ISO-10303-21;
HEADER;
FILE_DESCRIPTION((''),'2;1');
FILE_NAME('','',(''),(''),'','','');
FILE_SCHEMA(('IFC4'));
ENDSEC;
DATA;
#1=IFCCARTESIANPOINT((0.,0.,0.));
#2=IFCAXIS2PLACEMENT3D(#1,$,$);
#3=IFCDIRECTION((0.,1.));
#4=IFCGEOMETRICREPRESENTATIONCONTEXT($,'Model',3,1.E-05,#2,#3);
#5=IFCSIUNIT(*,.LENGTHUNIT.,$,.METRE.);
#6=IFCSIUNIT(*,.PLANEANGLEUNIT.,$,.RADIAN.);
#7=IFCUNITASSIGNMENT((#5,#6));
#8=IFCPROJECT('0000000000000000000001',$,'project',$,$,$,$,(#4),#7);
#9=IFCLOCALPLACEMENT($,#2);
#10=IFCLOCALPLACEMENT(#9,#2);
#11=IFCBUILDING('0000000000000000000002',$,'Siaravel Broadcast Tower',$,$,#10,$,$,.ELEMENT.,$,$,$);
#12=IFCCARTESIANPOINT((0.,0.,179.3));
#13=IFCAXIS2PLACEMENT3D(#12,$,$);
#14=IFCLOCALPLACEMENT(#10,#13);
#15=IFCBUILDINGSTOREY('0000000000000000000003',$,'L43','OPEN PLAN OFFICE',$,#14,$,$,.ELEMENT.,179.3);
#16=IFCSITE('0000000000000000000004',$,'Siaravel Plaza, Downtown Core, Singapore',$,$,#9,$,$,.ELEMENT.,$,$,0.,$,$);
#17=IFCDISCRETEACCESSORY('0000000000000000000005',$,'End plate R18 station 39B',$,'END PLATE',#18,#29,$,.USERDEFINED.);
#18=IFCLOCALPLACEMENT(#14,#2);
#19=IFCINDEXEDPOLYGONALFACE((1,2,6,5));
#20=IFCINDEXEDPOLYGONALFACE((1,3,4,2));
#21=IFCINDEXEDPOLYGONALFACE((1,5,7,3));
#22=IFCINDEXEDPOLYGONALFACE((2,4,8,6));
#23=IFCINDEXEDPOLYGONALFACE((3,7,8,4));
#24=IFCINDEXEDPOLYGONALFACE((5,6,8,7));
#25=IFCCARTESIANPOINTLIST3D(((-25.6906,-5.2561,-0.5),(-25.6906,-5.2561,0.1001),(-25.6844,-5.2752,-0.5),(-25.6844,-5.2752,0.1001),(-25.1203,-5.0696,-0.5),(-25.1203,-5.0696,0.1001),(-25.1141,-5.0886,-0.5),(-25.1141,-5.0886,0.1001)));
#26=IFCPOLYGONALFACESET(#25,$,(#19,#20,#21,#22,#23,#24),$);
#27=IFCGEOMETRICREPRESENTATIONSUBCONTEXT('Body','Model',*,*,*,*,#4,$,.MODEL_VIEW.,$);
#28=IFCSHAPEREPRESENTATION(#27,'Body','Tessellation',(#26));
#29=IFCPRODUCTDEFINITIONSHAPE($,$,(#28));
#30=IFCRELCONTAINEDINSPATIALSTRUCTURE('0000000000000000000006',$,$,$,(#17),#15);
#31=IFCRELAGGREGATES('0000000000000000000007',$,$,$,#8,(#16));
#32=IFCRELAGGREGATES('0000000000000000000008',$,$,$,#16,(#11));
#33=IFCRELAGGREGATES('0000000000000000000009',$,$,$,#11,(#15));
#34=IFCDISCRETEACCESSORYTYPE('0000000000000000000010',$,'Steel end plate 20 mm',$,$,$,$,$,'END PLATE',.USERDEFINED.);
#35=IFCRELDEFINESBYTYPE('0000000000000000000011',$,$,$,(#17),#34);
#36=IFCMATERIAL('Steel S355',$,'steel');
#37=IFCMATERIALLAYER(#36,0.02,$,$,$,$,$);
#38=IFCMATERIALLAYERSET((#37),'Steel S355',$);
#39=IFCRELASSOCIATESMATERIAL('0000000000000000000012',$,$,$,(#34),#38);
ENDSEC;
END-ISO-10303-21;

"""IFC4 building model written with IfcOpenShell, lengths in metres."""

from ifc_helpers import new_model, si_unit, direction, frame, origin, origin_2d, place, context, subcontext, project, spatial, rectangle, extrude, material, layer, layer_set, type_object, element, save


model = new_model("IFC4")

# Units and contexts
model_context = context("Model", 3, precision=1e-05, world=origin(), true_north=direction((0.0, 1.0)))
body_context = subcontext(model_context, "Body", "Model", "MODEL_VIEW")
ifc_project = project(units=[si_unit("LENGTHUNIT", "METRE"), si_unit("PLANEANGLEUNIT", "RADIAN")], contexts=[model_context])

# Site, building, storey
site_placement = place(None, origin())
site = spatial("IfcSite", under=ifc_project, at=site_placement, Name="Siaravel Plaza, Downtown Core, Singapore", CompositionType="ELEMENT", RefElevation=0.0)
building_placement = place(site_placement, origin())
building = spatial("IfcBuilding", under=site, at=building_placement, Name="Siaravel Broadcast Tower", CompositionType="ELEMENT")
storey_placement = place(building_placement, frame((0.0, 0.0, 179.3)))
storey = spatial("IfcBuildingStorey", under=building, at=storey_placement, Name="L43", Description="OPEN PLAN OFFICE", CompositionType="ELEMENT", Elevation=179.3)

# Shared definitions
ifc_material_1 = material(Name="Steel S355", Category="steel")

# Discrete accessory
ifc_layer_1 = layer(ifc_material_1, 0.02)
ifc_layer_set_1 = layer_set([ifc_layer_1], Name="Steel S355")
discrete_accessory_type_1 = type_object("IfcDiscreteAccessoryType", Name="Steel end plate 20 mm", ElementType="END PLATE", PredefinedType="USERDEFINED", material=ifc_layer_set_1)
for number, where, z_axis, x_axis, name in (
    (1, (-25.4023, -5.1724, -0.5), (0.0, 0.0, 1.0), (0.31091, -0.950439, 0.0), "End plate R18 station 39B"),
):
    element("IfcDiscreteAccessory", number, at=place(storey_placement, frame(where, z_axis=z_axis, x_axis=x_axis)), inside=storey, type_object=discrete_accessory_type_1, Name=name, ObjectType="END PLATE", PredefinedType="USERDEFINED", context=body_context, shape_type="SweptSolid", body=[
        extrude(rectangle(XDim=0.02, YDim=0.6001, at=origin_2d()), origin(), (0.0, 0.0, 1.0), 0.6001),
    ])

save(model, "model.ifc")
